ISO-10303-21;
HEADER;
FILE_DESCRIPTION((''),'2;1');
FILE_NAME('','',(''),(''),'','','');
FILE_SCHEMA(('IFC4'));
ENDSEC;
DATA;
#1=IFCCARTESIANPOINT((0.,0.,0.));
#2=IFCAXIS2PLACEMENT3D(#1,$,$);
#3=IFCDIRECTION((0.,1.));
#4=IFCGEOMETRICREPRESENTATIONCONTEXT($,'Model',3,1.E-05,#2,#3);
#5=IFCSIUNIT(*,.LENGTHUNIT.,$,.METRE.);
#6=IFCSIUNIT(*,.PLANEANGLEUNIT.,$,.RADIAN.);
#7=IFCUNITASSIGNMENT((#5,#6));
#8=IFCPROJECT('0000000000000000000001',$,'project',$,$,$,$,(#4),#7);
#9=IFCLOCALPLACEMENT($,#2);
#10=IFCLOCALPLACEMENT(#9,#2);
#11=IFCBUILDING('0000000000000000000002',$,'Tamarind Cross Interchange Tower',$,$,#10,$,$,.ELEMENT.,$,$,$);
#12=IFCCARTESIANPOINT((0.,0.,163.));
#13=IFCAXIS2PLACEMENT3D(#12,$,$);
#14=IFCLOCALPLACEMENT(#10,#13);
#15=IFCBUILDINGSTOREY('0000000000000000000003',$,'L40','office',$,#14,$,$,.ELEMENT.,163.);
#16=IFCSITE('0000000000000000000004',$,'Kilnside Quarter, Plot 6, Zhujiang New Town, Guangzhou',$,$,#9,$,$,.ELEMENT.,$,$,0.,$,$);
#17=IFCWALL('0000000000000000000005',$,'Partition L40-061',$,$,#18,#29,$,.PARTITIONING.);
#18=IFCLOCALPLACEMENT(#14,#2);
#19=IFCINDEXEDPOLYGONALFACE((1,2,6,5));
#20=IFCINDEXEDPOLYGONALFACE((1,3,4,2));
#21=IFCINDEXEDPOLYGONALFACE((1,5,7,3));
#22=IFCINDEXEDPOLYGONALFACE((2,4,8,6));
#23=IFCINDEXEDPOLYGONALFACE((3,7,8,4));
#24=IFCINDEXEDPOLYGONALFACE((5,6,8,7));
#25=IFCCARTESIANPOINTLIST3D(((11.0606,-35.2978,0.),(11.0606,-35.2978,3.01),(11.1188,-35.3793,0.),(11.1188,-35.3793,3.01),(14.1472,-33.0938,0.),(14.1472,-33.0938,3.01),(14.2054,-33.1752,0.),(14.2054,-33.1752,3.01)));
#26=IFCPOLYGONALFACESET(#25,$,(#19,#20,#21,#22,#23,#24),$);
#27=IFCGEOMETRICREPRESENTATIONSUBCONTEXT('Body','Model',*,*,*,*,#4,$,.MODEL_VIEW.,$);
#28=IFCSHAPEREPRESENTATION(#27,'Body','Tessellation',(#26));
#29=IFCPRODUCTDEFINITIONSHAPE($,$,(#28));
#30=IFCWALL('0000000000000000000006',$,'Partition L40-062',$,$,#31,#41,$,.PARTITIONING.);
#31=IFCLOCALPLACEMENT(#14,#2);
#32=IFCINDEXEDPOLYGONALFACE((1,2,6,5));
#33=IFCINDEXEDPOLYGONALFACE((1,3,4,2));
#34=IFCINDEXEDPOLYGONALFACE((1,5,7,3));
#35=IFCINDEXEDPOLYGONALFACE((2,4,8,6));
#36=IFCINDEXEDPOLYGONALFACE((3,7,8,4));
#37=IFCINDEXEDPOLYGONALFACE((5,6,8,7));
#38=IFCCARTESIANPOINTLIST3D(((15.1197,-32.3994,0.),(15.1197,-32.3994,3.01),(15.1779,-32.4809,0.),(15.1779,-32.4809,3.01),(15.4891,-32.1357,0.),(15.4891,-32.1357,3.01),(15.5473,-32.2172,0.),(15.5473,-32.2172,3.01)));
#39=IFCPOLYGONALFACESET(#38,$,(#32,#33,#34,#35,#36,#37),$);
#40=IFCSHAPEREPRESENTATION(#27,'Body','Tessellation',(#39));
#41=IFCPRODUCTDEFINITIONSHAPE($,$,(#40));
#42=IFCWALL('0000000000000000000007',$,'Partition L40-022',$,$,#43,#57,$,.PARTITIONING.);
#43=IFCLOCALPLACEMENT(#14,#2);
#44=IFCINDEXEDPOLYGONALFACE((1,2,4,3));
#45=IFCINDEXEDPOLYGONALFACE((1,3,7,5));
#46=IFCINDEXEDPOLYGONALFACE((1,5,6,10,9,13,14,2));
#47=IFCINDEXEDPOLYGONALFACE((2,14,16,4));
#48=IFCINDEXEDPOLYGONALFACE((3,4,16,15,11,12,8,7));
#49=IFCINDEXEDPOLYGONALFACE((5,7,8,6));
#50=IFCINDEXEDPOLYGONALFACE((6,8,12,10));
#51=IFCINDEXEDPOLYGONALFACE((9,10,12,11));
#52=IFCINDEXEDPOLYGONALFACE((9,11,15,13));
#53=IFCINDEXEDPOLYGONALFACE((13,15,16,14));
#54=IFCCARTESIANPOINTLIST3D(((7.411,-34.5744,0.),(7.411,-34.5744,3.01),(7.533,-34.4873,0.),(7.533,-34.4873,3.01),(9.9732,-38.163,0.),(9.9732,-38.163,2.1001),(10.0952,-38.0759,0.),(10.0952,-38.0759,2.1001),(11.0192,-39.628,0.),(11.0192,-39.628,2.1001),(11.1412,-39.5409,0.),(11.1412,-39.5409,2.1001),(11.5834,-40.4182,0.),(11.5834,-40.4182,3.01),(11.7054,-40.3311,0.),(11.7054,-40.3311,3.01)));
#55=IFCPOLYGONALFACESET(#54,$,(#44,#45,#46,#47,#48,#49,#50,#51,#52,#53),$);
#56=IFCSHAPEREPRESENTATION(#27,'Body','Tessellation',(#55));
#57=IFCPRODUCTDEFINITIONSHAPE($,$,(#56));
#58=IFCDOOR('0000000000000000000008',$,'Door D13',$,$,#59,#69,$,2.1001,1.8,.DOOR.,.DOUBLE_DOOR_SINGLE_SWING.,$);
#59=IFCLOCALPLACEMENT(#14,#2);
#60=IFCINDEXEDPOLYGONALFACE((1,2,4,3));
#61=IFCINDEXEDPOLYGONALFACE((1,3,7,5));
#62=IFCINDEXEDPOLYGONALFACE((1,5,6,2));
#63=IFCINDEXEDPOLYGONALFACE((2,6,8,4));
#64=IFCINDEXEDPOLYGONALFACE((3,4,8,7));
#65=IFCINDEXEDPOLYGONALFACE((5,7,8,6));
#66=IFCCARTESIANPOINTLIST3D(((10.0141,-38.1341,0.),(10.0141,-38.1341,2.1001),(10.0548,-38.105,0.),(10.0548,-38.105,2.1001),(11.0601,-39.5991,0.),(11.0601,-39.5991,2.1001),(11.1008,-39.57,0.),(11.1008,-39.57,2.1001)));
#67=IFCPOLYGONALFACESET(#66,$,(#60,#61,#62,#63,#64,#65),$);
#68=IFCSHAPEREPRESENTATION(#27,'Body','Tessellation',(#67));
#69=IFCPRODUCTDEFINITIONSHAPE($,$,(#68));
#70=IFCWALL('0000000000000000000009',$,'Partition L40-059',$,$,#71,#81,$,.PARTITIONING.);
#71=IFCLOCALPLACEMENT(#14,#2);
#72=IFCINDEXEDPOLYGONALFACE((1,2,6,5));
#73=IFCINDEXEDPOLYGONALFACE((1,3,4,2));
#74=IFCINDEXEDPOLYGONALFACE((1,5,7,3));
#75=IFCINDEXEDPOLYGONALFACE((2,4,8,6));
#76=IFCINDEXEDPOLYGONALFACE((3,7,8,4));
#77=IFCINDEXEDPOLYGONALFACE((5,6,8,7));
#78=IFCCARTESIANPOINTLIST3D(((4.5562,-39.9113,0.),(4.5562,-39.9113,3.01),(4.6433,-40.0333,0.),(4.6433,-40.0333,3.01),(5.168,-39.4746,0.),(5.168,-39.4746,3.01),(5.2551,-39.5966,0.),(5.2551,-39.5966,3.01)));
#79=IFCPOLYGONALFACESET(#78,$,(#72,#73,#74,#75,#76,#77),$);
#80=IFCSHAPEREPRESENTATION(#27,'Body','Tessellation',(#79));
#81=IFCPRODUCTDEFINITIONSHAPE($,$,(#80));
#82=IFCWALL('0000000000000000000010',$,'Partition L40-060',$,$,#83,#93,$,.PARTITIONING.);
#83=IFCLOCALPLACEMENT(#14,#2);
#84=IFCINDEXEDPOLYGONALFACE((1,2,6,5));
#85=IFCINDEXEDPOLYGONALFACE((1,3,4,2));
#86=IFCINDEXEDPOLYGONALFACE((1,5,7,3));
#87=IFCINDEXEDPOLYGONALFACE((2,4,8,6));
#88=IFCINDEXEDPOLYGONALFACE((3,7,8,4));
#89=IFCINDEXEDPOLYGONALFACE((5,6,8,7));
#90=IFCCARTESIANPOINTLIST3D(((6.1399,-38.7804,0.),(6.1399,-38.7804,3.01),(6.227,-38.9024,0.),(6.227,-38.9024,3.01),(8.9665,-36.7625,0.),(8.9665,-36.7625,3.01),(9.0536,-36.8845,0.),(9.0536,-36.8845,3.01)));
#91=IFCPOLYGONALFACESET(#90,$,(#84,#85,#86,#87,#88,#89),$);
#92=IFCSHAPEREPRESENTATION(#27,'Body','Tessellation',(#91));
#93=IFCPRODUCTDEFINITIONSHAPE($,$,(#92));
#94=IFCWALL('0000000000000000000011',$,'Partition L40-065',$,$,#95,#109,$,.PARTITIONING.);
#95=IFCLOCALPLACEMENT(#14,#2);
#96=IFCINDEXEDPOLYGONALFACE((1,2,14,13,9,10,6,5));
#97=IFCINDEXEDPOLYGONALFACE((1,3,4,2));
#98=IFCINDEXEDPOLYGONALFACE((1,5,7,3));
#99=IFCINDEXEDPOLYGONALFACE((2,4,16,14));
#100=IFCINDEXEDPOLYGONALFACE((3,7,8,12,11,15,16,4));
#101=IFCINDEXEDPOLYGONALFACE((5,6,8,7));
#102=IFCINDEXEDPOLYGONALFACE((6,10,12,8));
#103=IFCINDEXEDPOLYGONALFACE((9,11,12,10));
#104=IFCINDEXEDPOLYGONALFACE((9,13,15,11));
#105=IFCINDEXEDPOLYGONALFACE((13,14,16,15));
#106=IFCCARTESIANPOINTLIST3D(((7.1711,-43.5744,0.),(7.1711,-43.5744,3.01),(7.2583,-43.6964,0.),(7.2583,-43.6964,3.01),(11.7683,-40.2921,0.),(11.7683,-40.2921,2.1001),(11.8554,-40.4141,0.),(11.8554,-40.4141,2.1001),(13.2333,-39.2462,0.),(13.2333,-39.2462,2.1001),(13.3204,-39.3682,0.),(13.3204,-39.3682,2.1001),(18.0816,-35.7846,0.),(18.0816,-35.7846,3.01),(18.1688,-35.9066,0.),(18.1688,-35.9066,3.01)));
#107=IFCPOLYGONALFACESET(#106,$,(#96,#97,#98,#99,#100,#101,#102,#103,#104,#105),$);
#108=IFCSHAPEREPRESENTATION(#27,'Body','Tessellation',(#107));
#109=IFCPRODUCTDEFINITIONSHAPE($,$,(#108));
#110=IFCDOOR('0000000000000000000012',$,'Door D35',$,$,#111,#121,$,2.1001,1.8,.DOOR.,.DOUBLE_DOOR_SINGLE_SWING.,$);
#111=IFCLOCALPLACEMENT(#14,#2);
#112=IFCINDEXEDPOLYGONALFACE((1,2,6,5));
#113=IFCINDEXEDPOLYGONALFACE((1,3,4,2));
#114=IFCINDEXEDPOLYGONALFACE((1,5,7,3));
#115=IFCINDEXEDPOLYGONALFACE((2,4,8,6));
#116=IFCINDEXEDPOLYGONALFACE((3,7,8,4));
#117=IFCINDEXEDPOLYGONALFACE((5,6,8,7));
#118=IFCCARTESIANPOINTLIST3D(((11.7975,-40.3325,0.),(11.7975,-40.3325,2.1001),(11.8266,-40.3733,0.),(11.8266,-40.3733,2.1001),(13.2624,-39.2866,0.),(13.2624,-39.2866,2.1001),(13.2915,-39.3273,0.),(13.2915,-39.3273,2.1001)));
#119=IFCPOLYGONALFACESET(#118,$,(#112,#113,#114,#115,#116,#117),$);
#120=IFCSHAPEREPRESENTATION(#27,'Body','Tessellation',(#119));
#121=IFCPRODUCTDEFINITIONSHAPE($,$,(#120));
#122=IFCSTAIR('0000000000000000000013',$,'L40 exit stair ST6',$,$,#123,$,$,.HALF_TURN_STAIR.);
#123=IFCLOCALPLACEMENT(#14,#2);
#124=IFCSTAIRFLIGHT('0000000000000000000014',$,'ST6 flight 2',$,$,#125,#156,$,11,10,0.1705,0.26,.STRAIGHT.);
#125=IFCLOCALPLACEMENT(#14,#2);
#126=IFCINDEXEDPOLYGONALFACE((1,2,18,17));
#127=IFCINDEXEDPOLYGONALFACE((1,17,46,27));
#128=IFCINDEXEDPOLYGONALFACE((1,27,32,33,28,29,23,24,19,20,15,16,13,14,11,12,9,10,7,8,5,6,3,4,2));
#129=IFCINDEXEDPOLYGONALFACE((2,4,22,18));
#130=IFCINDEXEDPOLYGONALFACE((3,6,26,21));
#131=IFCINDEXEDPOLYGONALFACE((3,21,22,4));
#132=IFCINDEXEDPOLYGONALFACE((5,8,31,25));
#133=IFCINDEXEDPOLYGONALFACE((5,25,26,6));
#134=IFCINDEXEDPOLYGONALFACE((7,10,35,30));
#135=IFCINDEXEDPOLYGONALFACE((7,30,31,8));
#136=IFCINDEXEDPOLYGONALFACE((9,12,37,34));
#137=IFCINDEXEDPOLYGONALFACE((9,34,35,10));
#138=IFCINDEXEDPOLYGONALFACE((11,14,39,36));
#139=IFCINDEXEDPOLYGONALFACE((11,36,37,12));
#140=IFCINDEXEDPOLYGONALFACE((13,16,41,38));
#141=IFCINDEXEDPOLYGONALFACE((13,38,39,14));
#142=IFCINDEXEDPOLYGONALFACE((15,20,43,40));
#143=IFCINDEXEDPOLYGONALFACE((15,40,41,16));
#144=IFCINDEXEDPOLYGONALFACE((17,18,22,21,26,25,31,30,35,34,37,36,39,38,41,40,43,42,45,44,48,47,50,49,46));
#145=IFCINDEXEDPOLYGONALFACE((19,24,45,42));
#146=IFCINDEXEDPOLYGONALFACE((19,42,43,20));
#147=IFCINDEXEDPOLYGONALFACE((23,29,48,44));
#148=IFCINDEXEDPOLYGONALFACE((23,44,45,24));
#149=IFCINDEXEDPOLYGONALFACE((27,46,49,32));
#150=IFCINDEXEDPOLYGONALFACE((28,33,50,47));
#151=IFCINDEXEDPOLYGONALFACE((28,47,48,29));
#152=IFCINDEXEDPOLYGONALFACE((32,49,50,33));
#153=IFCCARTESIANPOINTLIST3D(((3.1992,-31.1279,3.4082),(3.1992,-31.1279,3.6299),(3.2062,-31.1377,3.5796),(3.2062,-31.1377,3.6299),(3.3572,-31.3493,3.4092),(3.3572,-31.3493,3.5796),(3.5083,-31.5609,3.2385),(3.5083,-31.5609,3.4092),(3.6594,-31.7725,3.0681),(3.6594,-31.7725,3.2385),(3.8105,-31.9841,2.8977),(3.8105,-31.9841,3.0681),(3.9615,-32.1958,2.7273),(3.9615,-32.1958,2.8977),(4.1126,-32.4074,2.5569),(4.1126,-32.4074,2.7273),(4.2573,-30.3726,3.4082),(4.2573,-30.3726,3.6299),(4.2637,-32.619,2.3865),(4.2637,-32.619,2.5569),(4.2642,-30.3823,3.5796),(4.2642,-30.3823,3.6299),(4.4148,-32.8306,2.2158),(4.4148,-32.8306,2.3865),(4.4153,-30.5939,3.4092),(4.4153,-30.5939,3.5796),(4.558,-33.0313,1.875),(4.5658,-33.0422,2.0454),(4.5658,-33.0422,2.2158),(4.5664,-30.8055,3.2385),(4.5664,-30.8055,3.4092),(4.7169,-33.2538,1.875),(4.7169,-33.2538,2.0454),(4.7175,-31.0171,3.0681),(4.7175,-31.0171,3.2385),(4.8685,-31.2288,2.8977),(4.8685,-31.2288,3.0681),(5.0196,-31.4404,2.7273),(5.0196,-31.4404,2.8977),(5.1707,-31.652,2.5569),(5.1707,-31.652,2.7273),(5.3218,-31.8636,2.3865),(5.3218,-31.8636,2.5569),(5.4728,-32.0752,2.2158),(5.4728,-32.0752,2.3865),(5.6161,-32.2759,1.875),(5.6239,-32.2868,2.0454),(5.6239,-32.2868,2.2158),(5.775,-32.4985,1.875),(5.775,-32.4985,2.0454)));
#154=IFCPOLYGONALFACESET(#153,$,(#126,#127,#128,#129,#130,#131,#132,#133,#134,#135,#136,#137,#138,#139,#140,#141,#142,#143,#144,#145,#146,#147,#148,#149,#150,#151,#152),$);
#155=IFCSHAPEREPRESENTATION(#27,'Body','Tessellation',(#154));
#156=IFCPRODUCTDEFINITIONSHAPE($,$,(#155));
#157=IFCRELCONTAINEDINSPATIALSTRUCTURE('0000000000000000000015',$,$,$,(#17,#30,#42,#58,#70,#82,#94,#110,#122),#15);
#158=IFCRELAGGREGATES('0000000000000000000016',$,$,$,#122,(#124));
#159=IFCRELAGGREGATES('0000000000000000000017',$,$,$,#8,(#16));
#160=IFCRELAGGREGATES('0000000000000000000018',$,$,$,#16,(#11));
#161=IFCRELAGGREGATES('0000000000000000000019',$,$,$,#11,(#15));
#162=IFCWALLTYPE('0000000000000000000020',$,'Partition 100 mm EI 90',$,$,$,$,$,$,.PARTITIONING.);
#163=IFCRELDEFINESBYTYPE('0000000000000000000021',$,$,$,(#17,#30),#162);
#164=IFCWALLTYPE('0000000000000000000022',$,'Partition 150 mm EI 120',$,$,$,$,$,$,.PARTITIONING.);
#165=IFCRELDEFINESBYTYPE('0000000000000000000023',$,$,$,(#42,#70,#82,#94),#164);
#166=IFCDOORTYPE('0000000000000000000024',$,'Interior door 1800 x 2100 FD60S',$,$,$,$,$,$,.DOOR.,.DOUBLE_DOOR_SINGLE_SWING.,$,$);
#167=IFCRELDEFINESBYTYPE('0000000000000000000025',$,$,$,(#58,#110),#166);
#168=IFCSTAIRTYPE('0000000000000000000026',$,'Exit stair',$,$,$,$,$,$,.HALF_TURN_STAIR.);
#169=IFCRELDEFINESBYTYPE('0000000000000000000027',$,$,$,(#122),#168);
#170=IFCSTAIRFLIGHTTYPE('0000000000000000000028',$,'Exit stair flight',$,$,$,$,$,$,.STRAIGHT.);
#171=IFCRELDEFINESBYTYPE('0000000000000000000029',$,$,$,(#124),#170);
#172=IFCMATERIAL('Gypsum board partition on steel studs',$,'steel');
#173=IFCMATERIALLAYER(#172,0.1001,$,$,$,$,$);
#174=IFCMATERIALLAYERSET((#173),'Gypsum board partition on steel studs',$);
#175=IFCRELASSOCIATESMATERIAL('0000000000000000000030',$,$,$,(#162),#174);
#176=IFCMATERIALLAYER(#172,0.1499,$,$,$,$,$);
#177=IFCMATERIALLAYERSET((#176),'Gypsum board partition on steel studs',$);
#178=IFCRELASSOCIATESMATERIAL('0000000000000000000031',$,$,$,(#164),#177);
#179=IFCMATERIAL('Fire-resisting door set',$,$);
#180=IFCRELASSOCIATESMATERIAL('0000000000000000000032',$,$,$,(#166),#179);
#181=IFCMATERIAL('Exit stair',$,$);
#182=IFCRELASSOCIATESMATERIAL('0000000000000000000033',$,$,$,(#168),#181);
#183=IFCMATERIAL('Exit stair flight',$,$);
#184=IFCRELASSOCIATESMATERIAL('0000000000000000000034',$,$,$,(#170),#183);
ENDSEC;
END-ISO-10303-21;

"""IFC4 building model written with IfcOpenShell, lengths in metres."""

from ifc_helpers import new_model, si_unit, direction, frame, frame_2d, origin, place, context, subcontext, project, spatial, polyline, rectangle, outline, extrude, material, layer, layer_set, type_object, element, fill, aggregate, save


model = new_model("IFC4")

# Units and contexts
model_context = context("Model", 3, precision=1e-05, world=origin(), true_north=direction((0.0, 1.0)))
body_context = subcontext(model_context, "Body", "Model", "MODEL_VIEW")
ifc_project = project(units=[si_unit("LENGTHUNIT", "METRE"), si_unit("PLANEANGLEUNIT", "RADIAN")], contexts=[model_context])

# Site, building, storey
site_placement = place(None, origin())
site = spatial("IfcSite", under=ifc_project, at=site_placement, Name="Kilnside Quarter, Plot 6, Zhujiang New Town, Guangzhou", CompositionType="ELEMENT", RefElevation=0.0)
building_placement = place(site_placement, origin())
building = spatial("IfcBuilding", under=site, at=building_placement, Name="Tamarind Cross Interchange Tower", CompositionType="ELEMENT")
storey_placement = place(building_placement, frame((0.0, 0.0, 163.0)))
storey = spatial("IfcBuildingStorey", under=building, at=storey_placement, Name="L40", Description="office", CompositionType="ELEMENT", Elevation=163.0)

# Walls
ifc_material_1 = material(Name="Gypsum board partition on steel studs", Category="steel")
ifc_layer_1 = layer(ifc_material_1, 0.1001)
ifc_layer_set_1 = layer_set([ifc_layer_1], Name="Gypsum board partition on steel studs")
wall_type_1 = type_object("IfcWallType", Name="Partition 100 mm EI 90", PredefinedType="PARTITIONING", material=ifc_layer_set_1)
wall_1_placement = place(storey_placement, frame((11.0896, -35.3386, 0.0), z_axis=(0.0, 0.0, 1.0), x_axis=(0.813816, 0.581122, 0.0)))
element("IfcWall", 1, at=wall_1_placement, inside=storey, type_object=wall_type_1, Name="Partition L40-061", PredefinedType="PARTITIONING", context=body_context, shape_type="SweptSolid", body=[
    extrude(rectangle(XDim=3.7927, YDim=0.1001, at=frame_2d((1.8965, 0.0))), origin(), (0.0, 0.0, 1.0), 3.01),
])
wall_2_placement = place(storey_placement, frame((15.1487, -32.4402, 0.0), z_axis=(0.0, 0.0, 1.0), x_axis=(0.813915, 0.580984, 0.0)))
element("IfcWall", 2, at=wall_2_placement, inside=storey, type_object=wall_type_1, Name="Partition L40-062", PredefinedType="PARTITIONING", context=body_context, shape_type="SweptSolid", body=[
    extrude(rectangle(XDim=0.4539, YDim=0.1001, at=frame_2d((0.2271, 0.0))), origin(), (0.0, 0.0, 1.0), 3.01),
])

# Wall, opening, door
ifc_layer_2 = layer(ifc_material_1, 0.1499)
ifc_layer_set_2 = layer_set([ifc_layer_2], Name="Gypsum board partition on steel studs")
wall_type_2 = type_object("IfcWallType", Name="Partition 150 mm EI 120", PredefinedType="PARTITIONING", material=ifc_layer_set_2)
wall_3_placement = place(storey_placement, frame((7.4719, -34.5308, 0.0), z_axis=(0.0, 0.0, 1.0), x_axis=(0.581077, -0.813848, 0.0)))
wall_3 = element("IfcWall", 3, at=wall_3_placement, inside=storey, type_object=wall_type_2, Name="Partition L40-022", PredefinedType="PARTITIONING", context=body_context, shape_type="SweptSolid", body=[
    extrude(rectangle(XDim=7.1804, YDim=0.1499, at=frame_2d((3.5903, 0.0))), origin(), (0.0, 0.0, 1.0), 3.01),
])
opening_1_placement = place(wall_3_placement, frame((4.4097, 0.0, 0.0)))
opening_1 = element("IfcOpeningElement", 4, at=opening_1_placement, cuts=wall_3, PredefinedType="OPENING", context=body_context, shape_type="SweptSolid", body=[
    extrude(rectangle(XDim=1.8, YDim=2.1001, at=frame_2d((0.8999, 1.05))), frame((0.0, 0.085, 0.0), z_axis=(0.0, -1.0, 0.0), x_axis=(1.0, 0.0, 0.0)), (0.0, 0.0, 1.0), 0.1699),
])
ifc_material_2 = material(Name="Fire-resisting door set")
door_type = type_object("IfcDoorType", Name="Interior door 1800 x 2100 FD60S", OperationType="DOUBLE_DOOR_SINGLE_SWING", PredefinedType="DOOR", material=ifc_material_2)
door_1_placement = place(opening_1_placement, frame((1.8, 0.0, 0.0), z_axis=(0.0, 0.0, 1.0), x_axis=(-1.0, 0.0, 0.0)))
door_1 = element("IfcDoor", 5, at=door_1_placement, inside=storey, type_object=door_type, Name="Door D13", OperationType="DOUBLE_DOOR_SINGLE_SWING", OverallHeight=2.1001, OverallWidth=1.8, PredefinedType="DOOR", context=body_context, shape_type="SweptSolid", body=[
    extrude(rectangle(XDim=1.8, YDim=2.1001, at=frame_2d((0.8999, 1.05))), frame((0.0, 0.0249, 0.0), z_axis=(0.0, -1.0, 0.0), x_axis=(1.0, 0.0, 0.0)), (0.0, 0.0, 1.0), 0.05),
])
fill(opening_1, door_1)

# Walls
wall_4_placement = place(storey_placement, frame((4.5996, -39.9724, 0.0), z_axis=(0.0, 0.0, 1.0), x_axis=(0.813887, 0.581023, 0.0)))
element("IfcWall", 6, at=wall_4_placement, inside=storey, type_object=wall_type_2, Name="Partition L40-059", PredefinedType="PARTITIONING", context=body_context, shape_type="SweptSolid", body=[
    extrude(rectangle(XDim=0.7517, YDim=0.1499, at=frame_2d((0.376, 0.0))), origin(), (0.0, 0.0, 1.0), 3.01),
])
wall_5_placement = place(storey_placement, frame((6.1836, -38.8413, 0.0), z_axis=(0.0, 0.0, 1.0), x_axis=(0.813876, 0.581039, 0.0)))
element("IfcWall", 7, at=wall_5_placement, inside=storey, type_object=wall_type_2, Name="Partition L40-060", PredefinedType="PARTITIONING", context=body_context, shape_type="SweptSolid", body=[
    extrude(rectangle(XDim=3.4729, YDim=0.1499, at=frame_2d((1.7363, 0.0))), origin(), (0.0, 0.0, 1.0), 3.01),
])

# Wall, opening, door
wall_6_placement = place(storey_placement, frame((7.2146, -43.6355, 0.0), z_axis=(0.0, 0.0, 1.0), x_axis=(0.813852, 0.581073, 0.0)))
wall_6 = element("IfcWall", 8, at=wall_6_placement, inside=storey, type_object=wall_type_2, Name="Partition L40-065", PredefinedType="PARTITIONING", context=body_context, shape_type="SweptSolid", body=[
    extrude(rectangle(XDim=13.406, YDim=0.1499, at=frame_2d((6.7031, 0.0))), origin(), (0.0, 0.0, 1.0), 3.01),
])
opening_2_placement = place(wall_6_placement, frame((5.6489, 0.0, 0.0)))
opening_2 = element("IfcOpeningElement", 9, at=opening_2_placement, cuts=wall_6, PredefinedType="OPENING", context=body_context, shape_type="SweptSolid", body=[
    extrude(rectangle(XDim=1.8, YDim=2.1001, at=frame_2d((0.8999, 1.05))), frame((0.0, 0.085, 0.0), z_axis=(0.0, -1.0, 0.0), x_axis=(1.0, 0.0, 0.0)), (0.0, 0.0, 1.0), 0.1699),
])
door_2_placement = place(opening_2_placement, frame((1.8, 0.0, 0.0), z_axis=(0.0, 0.0, 1.0), x_axis=(-1.0, 0.0, 0.0)))
door_2 = element("IfcDoor", 10, at=door_2_placement, inside=storey, type_object=door_type, Name="Door D35", OperationType="DOUBLE_DOOR_SINGLE_SWING", OverallHeight=2.1001, OverallWidth=1.8, PredefinedType="DOOR", context=body_context, shape_type="SweptSolid", body=[
    extrude(rectangle(XDim=1.8, YDim=2.1001, at=frame_2d((0.8999, 1.05))), frame((0.0, 0.0249, 0.0), z_axis=(0.0, -1.0, 0.0), x_axis=(1.0, 0.0, 0.0)), (0.0, 0.0, 1.0), 0.05),
])
fill(opening_2, door_2)

# Stair, stair flight
ifc_material_3 = material(Name="Exit stair")
stair_type = type_object("IfcStairType", Name="Exit stair", PredefinedType="HALF_TURN_STAIR", material=ifc_material_3)
stair_placement = place(storey_placement, origin())
stair = element("IfcStair", 11, at=stair_placement, inside=storey, type_object=stair_type, Name="L40 exit stair ST6", PredefinedType="HALF_TURN_STAIR")
ifc_material_4 = material(Name="Exit stair flight")
stair_flight_type = type_object("IfcStairFlightType", Name="Exit stair flight", PredefinedType="STRAIGHT", material=ifc_material_4)
stair_flight_placement = place(storey_placement, frame((5.2458, -32.8762, 1.875), z_axis=(0.0, 0.0, 1.0), x_axis=(-0.581033, 0.81388, 0.0)))
stair_flight = element("IfcStairFlight", 12, at=stair_flight_placement, type_object=stair_flight_type, Name="ST6 flight 2", NumberOfRisers=11, NumberOfTreads=10, PredefinedType="STRAIGHT", RiserHeight=0.1705, TreadLength=0.26, context=body_context, shape_type="SweptSolid", body=[
    extrude(outline(polyline([(0.0, 0.0), (0.0, 0.1704), (0.26, 0.1704), (0.26, 0.3408), (0.52, 0.3408), (0.52, 0.5115), (0.78, 0.5115), (0.78, 0.6819), (1.04, 0.6819), (1.04, 0.8523), (1.3, 0.8523), (1.3, 1.0227), (1.5601, 1.0227), (1.5601, 1.1931), (1.8201, 1.1931), (1.8201, 1.3635), (2.0801, 1.3635), (2.0801, 1.5342), (2.3401, 1.5342), (2.3401, 1.7046), (2.6001, 1.7046), (2.6001, 1.7549), (2.6121, 1.7549), (2.6121, 1.5332), (0.2734, 0.0), (0.0, 0.0)])), frame((0.0, 0.6499, 0.0), z_axis=(0.0, -1.0, 0.0), x_axis=(1.0, 0.0, 0.0)), (0.0, 0.0, 1.0), 1.3),
])
aggregate(stair, [stair_flight])

save(model, "model.ifc")
